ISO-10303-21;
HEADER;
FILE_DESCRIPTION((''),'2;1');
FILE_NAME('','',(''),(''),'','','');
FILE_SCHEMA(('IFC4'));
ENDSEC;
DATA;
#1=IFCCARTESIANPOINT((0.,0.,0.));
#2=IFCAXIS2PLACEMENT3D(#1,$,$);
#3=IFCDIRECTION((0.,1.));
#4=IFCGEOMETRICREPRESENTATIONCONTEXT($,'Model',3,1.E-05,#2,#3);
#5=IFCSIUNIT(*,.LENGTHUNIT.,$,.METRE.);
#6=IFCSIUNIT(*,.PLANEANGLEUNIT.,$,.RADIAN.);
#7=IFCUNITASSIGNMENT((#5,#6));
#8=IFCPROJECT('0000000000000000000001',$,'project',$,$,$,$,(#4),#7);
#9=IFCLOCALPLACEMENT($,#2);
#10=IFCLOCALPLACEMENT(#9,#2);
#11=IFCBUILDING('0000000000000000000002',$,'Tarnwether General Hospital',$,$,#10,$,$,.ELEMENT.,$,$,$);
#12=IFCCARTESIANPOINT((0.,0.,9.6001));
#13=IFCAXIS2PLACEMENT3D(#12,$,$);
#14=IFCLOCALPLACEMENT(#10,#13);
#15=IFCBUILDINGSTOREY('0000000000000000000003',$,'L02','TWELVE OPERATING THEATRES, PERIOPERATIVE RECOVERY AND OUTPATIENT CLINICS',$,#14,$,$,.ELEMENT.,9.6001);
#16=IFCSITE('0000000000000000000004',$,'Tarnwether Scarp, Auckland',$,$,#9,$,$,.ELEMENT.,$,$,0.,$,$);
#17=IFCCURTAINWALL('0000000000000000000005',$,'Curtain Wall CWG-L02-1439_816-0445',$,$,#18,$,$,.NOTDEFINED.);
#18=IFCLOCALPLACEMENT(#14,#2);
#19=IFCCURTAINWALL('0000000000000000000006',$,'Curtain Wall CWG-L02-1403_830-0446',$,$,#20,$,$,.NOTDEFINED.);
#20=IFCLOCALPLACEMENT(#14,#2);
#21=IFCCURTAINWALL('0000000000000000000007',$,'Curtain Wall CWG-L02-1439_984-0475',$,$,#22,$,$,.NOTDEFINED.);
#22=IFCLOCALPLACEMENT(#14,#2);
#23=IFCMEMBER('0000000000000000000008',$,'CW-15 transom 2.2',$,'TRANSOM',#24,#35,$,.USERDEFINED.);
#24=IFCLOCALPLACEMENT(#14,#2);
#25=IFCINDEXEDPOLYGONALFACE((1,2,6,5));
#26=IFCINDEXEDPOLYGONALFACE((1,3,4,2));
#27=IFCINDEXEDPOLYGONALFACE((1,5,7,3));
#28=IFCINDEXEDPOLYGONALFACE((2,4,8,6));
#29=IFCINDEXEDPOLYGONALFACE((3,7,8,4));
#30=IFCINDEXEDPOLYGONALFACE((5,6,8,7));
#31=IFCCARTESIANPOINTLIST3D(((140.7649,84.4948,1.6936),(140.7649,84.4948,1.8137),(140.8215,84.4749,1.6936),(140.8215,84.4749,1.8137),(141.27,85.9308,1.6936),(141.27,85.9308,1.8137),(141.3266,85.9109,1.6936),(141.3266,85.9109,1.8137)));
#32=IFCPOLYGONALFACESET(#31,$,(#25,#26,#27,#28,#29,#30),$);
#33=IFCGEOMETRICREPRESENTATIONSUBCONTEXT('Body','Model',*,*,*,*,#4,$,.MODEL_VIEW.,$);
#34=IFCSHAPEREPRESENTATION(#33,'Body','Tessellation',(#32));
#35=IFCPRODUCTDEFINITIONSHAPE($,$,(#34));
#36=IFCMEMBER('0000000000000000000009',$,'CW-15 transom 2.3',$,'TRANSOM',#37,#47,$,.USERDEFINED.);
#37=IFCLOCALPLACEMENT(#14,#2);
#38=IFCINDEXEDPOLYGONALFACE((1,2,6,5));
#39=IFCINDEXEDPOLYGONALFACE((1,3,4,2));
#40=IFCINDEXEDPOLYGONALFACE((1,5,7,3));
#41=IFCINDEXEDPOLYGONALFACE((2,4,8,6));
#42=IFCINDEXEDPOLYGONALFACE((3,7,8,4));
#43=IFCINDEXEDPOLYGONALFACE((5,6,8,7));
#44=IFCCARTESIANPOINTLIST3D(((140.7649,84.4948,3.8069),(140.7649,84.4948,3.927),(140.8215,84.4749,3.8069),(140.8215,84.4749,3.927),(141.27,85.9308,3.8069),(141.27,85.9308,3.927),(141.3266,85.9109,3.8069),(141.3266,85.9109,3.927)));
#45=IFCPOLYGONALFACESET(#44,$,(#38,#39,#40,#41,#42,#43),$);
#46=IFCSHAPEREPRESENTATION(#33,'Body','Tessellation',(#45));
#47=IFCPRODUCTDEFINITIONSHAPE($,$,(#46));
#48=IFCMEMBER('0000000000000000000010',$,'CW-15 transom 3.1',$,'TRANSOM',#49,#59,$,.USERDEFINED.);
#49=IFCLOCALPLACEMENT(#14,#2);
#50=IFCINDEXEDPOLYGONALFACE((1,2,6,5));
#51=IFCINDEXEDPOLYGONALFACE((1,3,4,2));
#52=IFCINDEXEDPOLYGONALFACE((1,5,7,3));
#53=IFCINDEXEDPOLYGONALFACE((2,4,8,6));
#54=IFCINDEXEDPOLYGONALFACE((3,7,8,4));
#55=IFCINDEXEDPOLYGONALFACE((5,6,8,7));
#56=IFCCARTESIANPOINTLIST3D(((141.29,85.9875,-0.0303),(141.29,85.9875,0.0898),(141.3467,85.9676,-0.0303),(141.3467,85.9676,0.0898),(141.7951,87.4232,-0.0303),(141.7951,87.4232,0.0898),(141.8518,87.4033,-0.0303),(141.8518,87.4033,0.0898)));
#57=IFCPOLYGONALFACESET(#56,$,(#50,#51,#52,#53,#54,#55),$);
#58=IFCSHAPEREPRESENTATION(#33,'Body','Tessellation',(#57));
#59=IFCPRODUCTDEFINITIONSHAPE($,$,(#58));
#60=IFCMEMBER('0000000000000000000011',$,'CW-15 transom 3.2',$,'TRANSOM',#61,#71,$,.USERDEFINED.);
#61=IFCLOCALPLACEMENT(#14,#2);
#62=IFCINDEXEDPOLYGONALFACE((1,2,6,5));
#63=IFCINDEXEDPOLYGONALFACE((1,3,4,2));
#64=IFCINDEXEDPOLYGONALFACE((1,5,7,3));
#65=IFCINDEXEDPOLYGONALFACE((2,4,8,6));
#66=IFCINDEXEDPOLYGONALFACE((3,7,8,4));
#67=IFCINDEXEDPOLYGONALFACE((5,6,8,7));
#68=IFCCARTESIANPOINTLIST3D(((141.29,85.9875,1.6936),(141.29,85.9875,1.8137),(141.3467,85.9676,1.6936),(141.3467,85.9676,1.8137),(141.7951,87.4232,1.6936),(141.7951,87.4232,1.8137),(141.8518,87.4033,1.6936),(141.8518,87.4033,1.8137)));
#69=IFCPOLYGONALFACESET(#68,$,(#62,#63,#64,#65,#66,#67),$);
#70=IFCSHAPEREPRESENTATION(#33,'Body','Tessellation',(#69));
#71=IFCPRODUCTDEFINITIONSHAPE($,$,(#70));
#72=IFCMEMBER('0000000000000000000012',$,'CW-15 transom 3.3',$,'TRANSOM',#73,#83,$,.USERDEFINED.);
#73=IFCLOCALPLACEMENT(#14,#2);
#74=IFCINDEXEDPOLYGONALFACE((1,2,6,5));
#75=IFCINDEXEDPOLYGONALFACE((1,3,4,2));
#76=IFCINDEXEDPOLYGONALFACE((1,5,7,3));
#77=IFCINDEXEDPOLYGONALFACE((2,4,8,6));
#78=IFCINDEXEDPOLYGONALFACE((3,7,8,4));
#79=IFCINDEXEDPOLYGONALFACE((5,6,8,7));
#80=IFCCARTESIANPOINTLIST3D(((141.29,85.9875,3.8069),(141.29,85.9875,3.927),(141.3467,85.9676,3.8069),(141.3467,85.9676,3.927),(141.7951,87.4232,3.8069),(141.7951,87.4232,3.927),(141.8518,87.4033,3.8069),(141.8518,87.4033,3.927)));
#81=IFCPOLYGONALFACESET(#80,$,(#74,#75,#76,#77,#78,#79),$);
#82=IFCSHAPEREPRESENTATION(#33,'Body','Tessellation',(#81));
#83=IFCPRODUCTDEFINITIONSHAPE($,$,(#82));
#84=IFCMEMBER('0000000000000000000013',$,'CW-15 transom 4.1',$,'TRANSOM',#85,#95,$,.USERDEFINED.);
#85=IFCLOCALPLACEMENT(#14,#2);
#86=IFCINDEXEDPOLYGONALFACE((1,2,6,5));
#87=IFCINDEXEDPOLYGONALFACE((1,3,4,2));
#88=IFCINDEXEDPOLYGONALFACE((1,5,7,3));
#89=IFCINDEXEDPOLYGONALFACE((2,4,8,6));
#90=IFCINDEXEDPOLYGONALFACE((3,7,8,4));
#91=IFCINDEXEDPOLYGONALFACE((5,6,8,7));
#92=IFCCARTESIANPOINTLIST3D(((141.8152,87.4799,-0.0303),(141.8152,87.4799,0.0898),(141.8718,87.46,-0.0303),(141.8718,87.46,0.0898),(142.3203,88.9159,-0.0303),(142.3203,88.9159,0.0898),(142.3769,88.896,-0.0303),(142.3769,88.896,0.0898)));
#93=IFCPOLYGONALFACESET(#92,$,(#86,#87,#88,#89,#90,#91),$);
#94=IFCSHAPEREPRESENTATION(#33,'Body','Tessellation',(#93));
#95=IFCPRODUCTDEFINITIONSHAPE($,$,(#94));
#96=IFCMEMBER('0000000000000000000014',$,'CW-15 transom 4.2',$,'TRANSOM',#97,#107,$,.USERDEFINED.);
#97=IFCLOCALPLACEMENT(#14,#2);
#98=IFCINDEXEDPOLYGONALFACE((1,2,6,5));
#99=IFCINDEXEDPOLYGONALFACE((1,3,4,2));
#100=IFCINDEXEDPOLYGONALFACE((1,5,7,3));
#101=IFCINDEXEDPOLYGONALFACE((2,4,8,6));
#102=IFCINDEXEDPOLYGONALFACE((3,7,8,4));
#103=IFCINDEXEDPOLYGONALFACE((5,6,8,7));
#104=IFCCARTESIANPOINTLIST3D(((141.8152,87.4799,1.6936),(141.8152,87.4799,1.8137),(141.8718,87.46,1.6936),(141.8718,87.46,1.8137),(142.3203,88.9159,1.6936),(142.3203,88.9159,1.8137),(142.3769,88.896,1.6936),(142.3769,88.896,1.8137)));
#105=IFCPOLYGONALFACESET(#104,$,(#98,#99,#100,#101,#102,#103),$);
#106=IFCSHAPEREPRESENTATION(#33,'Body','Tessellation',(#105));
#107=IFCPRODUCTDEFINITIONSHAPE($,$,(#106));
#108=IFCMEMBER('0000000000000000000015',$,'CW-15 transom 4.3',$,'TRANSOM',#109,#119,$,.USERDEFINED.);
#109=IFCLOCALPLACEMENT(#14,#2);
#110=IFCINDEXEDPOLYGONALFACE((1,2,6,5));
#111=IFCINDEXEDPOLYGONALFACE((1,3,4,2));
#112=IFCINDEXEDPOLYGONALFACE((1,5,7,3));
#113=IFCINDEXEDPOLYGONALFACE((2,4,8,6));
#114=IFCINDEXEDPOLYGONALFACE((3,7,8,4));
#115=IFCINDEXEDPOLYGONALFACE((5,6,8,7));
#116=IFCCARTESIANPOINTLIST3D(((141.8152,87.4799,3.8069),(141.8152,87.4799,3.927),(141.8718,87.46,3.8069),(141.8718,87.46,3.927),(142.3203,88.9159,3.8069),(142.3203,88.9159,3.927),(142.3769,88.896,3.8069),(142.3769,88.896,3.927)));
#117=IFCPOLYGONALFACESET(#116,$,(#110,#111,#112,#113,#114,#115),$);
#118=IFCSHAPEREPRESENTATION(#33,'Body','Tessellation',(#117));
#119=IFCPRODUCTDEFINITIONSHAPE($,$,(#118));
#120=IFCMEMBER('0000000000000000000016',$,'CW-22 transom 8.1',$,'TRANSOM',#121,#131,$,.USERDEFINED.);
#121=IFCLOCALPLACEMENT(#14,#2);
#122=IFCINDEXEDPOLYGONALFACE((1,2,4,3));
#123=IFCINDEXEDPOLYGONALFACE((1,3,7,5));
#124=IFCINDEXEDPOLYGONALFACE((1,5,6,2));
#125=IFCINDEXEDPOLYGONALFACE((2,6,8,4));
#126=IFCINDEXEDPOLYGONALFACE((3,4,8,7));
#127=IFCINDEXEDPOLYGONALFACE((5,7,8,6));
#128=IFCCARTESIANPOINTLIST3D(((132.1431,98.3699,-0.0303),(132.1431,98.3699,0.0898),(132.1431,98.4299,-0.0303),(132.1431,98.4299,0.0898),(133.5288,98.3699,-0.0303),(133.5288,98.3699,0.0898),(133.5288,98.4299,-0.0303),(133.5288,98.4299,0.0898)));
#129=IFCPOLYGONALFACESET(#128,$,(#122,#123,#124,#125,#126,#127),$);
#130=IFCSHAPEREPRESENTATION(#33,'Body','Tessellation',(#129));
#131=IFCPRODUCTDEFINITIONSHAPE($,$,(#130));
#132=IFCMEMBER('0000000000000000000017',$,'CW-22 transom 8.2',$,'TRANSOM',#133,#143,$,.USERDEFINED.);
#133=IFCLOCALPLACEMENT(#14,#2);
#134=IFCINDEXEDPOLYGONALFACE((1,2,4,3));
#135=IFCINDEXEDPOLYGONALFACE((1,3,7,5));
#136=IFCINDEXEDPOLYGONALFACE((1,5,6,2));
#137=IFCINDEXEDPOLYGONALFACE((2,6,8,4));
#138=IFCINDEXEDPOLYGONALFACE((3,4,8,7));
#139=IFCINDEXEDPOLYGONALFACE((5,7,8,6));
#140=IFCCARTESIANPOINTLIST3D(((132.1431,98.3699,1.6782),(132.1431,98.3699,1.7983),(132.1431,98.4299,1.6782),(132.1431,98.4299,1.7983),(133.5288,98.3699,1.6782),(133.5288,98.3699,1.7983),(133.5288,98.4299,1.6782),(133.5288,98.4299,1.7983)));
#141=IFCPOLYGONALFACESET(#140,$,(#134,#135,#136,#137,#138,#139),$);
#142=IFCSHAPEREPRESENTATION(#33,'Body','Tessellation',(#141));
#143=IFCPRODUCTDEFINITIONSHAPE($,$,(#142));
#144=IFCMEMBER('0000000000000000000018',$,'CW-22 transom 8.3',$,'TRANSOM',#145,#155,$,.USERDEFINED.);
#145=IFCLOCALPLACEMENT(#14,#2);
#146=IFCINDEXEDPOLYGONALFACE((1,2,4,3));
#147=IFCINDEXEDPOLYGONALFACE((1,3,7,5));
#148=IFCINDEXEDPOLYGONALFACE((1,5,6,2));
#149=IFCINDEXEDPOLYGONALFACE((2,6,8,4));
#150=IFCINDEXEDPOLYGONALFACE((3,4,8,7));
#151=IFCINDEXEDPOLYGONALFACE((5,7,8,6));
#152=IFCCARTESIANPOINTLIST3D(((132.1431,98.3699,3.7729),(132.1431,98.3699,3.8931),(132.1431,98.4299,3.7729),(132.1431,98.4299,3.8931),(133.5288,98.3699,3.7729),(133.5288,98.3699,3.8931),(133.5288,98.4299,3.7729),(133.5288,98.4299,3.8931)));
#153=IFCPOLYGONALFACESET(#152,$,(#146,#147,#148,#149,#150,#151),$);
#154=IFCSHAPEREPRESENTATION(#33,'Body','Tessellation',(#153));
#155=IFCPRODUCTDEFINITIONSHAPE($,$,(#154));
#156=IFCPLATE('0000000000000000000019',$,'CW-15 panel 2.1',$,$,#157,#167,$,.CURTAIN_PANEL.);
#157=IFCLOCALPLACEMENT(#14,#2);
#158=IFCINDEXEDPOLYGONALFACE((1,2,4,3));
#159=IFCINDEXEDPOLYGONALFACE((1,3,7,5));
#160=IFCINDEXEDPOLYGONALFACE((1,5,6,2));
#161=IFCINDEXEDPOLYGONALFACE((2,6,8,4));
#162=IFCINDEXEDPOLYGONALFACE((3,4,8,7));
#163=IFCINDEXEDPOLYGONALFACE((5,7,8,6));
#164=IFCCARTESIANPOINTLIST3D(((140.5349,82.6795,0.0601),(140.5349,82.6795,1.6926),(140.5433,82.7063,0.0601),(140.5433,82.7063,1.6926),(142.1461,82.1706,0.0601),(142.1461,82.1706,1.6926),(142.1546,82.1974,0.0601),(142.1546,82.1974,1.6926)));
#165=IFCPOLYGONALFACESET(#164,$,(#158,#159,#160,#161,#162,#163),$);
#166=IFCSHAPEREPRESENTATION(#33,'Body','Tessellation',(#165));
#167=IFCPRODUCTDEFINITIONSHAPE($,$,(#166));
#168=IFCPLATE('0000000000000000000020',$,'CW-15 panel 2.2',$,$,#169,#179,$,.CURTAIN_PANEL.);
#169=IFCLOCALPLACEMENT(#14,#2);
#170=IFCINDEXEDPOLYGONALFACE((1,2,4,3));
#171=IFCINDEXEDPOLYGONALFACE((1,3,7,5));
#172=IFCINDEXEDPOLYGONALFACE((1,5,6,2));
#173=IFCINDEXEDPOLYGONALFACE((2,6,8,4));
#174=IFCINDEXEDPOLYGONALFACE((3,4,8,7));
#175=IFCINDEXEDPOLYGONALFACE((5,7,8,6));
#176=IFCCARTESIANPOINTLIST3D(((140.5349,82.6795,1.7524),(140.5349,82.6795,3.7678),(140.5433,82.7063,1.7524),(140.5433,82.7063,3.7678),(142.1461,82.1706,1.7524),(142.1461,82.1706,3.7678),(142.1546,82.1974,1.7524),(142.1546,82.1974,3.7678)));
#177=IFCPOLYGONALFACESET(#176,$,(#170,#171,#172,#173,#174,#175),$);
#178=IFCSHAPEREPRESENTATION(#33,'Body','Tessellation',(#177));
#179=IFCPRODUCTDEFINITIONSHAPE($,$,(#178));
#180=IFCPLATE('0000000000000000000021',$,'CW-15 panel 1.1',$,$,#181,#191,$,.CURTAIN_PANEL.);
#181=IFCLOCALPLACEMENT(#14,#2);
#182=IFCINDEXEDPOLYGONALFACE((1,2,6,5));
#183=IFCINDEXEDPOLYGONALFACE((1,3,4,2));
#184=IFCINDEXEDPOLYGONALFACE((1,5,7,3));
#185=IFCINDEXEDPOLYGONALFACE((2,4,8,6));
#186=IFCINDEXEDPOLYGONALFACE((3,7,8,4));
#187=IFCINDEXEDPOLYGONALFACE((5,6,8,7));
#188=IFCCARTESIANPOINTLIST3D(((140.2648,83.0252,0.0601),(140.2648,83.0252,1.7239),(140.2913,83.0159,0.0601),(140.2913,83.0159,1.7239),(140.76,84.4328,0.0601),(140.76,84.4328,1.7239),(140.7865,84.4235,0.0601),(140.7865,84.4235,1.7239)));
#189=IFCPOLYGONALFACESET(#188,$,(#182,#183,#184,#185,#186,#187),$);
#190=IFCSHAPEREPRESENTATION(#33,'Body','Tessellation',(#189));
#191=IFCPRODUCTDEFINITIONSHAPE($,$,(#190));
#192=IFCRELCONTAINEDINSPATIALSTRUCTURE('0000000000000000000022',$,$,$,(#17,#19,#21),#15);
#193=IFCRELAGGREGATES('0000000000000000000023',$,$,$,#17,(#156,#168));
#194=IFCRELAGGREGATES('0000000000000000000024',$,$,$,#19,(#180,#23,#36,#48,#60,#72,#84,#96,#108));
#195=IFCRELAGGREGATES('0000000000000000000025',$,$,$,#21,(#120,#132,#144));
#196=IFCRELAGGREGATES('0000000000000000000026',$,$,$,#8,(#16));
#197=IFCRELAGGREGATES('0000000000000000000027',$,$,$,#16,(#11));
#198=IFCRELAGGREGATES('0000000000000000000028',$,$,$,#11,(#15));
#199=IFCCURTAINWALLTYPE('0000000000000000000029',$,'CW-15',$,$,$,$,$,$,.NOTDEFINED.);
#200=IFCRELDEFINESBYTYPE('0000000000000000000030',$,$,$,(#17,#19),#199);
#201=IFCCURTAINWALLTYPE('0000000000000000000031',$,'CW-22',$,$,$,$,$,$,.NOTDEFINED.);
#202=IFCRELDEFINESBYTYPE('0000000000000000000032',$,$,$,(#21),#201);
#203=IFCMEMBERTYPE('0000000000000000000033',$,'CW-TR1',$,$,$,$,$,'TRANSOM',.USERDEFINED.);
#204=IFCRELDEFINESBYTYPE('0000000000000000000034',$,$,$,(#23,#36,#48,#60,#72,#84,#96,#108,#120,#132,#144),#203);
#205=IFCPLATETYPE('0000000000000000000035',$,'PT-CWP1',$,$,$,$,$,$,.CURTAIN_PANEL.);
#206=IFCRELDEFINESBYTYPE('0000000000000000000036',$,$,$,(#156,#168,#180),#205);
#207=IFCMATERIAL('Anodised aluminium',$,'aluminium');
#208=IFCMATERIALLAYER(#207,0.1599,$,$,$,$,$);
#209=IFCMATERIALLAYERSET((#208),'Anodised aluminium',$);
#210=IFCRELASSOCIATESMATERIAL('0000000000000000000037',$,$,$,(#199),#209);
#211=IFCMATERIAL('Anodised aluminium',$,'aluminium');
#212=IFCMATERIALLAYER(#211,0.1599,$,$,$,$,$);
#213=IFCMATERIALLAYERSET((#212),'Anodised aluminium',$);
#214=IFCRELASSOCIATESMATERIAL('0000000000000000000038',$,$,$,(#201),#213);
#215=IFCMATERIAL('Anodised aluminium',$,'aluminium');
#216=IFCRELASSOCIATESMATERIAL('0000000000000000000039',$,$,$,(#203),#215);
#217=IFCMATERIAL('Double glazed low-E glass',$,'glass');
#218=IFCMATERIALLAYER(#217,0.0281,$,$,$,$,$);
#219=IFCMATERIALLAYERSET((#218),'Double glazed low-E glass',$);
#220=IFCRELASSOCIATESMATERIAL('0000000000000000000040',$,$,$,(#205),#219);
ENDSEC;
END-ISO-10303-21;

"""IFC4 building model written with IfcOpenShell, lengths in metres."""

from ifc_helpers import new_model, si_unit, direction, frame, origin, origin_2d, place, context, subcontext, project, spatial, rectangle, extrude, material, layer, layer_set, material_profile, profile_set, type_object, element, aggregate, save


model = new_model("IFC4")

# Units and contexts
model_context = context("Model", 3, precision=1e-05, world=origin(), true_north=direction((0.0, 1.0)))
body_context = subcontext(model_context, "Body", "Model", "MODEL_VIEW")
ifc_project = project(units=[si_unit("LENGTHUNIT", "METRE"), si_unit("PLANEANGLEUNIT", "RADIAN")], contexts=[model_context])

# Site, building, storey
site_placement = place(None, origin())
site = spatial("IfcSite", under=ifc_project, at=site_placement, Name="Tarnwether Scarp, Auckland", CompositionType="ELEMENT", RefElevation=0.0)
building_placement = place(site_placement, origin())
building = spatial("IfcBuilding", under=site, at=building_placement, Name="Tarnwether General Hospital", CompositionType="ELEMENT")
storey_placement = place(building_placement, frame((0.0, 0.0, 9.6001)))
storey = spatial("IfcBuildingStorey", under=building, at=storey_placement, Name="L02", Description="TWELVE OPERATING THEATRES, PERIOPERATIVE RECOVERY AND OUTPATIENT CLINICS", CompositionType="ELEMENT", Elevation=9.6001)

# Curtain wall
ifc_material_1 = material(Name="Anodised aluminium", Category="aluminium")
ifc_layer_1 = layer(ifc_material_1, 0.1599)
ifc_layer_set_1 = layer_set([ifc_layer_1], Name="Anodised aluminium")
curtain_wall_type_1 = type_object("IfcCurtainWallType", Name="CW-15", PredefinedType="NOTDEFINED", material=ifc_layer_set_1)
curtain_wall_1_placement = place(storey_placement, origin())
curtain_wall_1 = element("IfcCurtainWall", 1, at=curtain_wall_1_placement, inside=storey, type_object=curtain_wall_type_1, Name="Curtain Wall CWG-L02-1439_816-0445", PredefinedType="NOTDEFINED")

# Curtain wall
curtain_wall_2_placement = place(storey_placement, origin())
curtain_wall_2 = element("IfcCurtainWall", 2, at=curtain_wall_2_placement, inside=storey, type_object=curtain_wall_type_1, Name="Curtain Wall CWG-L02-1403_830-0446", PredefinedType="NOTDEFINED")

# Curtain wall
ifc_material_2 = material(Name="Anodised aluminium", Category="aluminium")
ifc_layer_2 = layer(ifc_material_2, 0.1599)
ifc_layer_set_2 = layer_set([ifc_layer_2], Name="Anodised aluminium")
curtain_wall_type_2 = type_object("IfcCurtainWallType", Name="CW-22", PredefinedType="NOTDEFINED", material=ifc_layer_set_2)
curtain_wall_3_placement = place(storey_placement, origin())
curtain_wall_3 = element("IfcCurtainWall", 3, at=curtain_wall_3_placement, inside=storey, type_object=curtain_wall_type_2, Name="Curtain Wall CWG-L02-1439_984-0475", PredefinedType="NOTDEFINED")

# Members
ifc_material_3 = material(Name="Anodised aluminium", Category="aluminium")
ifc_material_profile_1 = material_profile(ifc_material_3, rectangle(XDim=0.0601, YDim=0.1201, at=origin_2d()), Name="ALU-TRN-60x120")
ifc_profile_set_1 = profile_set([ifc_material_profile_1], Name="Anodised aluminium")
member_type_1 = type_object("IfcMemberType", Name="CW-TR1", ElementType="TRANSOM", PredefinedType="USERDEFINED", material=ifc_profile_set_1)
member_1_placement = place(storey_placement, frame((140.7932, 84.4849, 1.7537), z_axis=(0.331822, 0.943342, 0.0), x_axis=(-0.943342, 0.331822, 0.0)))
member_1 = element("IfcMember", 4, at=member_1_placement, type_object=member_type_1, Name="CW-15 transom 2.2", ObjectType="TRANSOM", PredefinedType="USERDEFINED", context=body_context, shape_type="SweptSolid", body=[
    extrude(rectangle(XDim=0.0601, YDim=0.1201, at=origin_2d()), origin(), (0.0, 0.0, 1.0), 1.5222),
])
member_2_placement = place(storey_placement, frame((140.7932, 84.4849, 3.8669), z_axis=(0.331822, 0.943342, 0.0), x_axis=(-0.943342, 0.331822, 0.0)))
member_2 = element("IfcMember", 5, at=member_2_placement, type_object=member_type_1, Name="CW-15 transom 2.3", ObjectType="TRANSOM", PredefinedType="USERDEFINED", context=body_context, shape_type="SweptSolid", body=[
    extrude(rectangle(XDim=0.0601, YDim=0.1201, at=origin_2d()), origin(), (0.0, 0.0, 1.0), 1.5222),
])
member_3_placement = place(storey_placement, frame((141.3184, 85.9775, 0.0298), z_axis=(0.331872, 0.943324, 0.0), x_axis=(-0.943324, 0.331872, 0.0)))
member_3 = element("IfcMember", 6, at=member_3_placement, type_object=member_type_1, Name="CW-15 transom 3.1", ObjectType="TRANSOM", PredefinedType="USERDEFINED", context=body_context, shape_type="SweptSolid", body=[
    extrude(rectangle(XDim=0.0601, YDim=0.1201, at=origin_2d()), origin(), (0.0, 0.0, 1.0), 1.522),
])
member_4_placement = place(storey_placement, frame((141.3184, 85.9775, 1.7537), z_axis=(0.331872, 0.943324, 0.0), x_axis=(-0.943324, 0.331872, 0.0)))
member_4 = element("IfcMember", 7, at=member_4_placement, type_object=member_type_1, Name="CW-15 transom 3.2", ObjectType="TRANSOM", PredefinedType="USERDEFINED", context=body_context, shape_type="SweptSolid", body=[
    extrude(rectangle(XDim=0.0601, YDim=0.1201, at=origin_2d()), origin(), (0.0, 0.0, 1.0), 1.522),
])
member_5_placement = place(storey_placement, frame((141.3184, 85.9775, 3.8669), z_axis=(0.331872, 0.943324, 0.0), x_axis=(-0.943324, 0.331872, 0.0)))
member_5 = element("IfcMember", 8, at=member_5_placement, type_object=member_type_1, Name="CW-15 transom 3.3", ObjectType="TRANSOM", PredefinedType="USERDEFINED", context=body_context, shape_type="SweptSolid", body=[
    extrude(rectangle(XDim=0.0601, YDim=0.1201, at=origin_2d()), origin(), (0.0, 0.0, 1.0), 1.522),
])
member_6_placement = place(storey_placement, frame((141.8435, 87.47, 0.0298), z_axis=(0.331822, 0.943342, 0.0), x_axis=(-0.943342, 0.331822, 0.0)))
member_6 = element("IfcMember", 9, at=member_6_placement, type_object=member_type_1, Name="CW-15 transom 4.1", ObjectType="TRANSOM", PredefinedType="USERDEFINED", context=body_context, shape_type="SweptSolid", body=[
    extrude(rectangle(XDim=0.0601, YDim=0.1201, at=origin_2d()), origin(), (0.0, 0.0, 1.0), 1.5222),
])
member_7_placement = place(storey_placement, frame((141.8435, 87.47, 1.7537), z_axis=(0.331822, 0.943342, 0.0), x_axis=(-0.943342, 0.331822, 0.0)))
member_7 = element("IfcMember", 10, at=member_7_placement, type_object=member_type_1, Name="CW-15 transom 4.2", ObjectType="TRANSOM", PredefinedType="USERDEFINED", context=body_context, shape_type="SweptSolid", body=[
    extrude(rectangle(XDim=0.0601, YDim=0.1201, at=origin_2d()), origin(), (0.0, 0.0, 1.0), 1.5222),
])
member_8_placement = place(storey_placement, frame((141.8435, 87.47, 3.8669), z_axis=(0.331822, 0.943342, 0.0), x_axis=(-0.943342, 0.331822, 0.0)))
member_8 = element("IfcMember", 11, at=member_8_placement, type_object=member_type_1, Name="CW-15 transom 4.3", ObjectType="TRANSOM", PredefinedType="USERDEFINED", context=body_context, shape_type="SweptSolid", body=[
    extrude(rectangle(XDim=0.0601, YDim=0.1201, at=origin_2d()), origin(), (0.0, 0.0, 1.0), 1.5222),
])
member_9_placement = place(storey_placement, frame((133.5288, 98.3999, 0.0298), z_axis=(-1.0, 0.0, 0.0), x_axis=(0.0, -1.0, 0.0)))
member_9 = element("IfcMember", 12, at=member_9_placement, type_object=member_type_1, Name="CW-22 transom 8.1", ObjectType="TRANSOM", PredefinedType="USERDEFINED", context=body_context, shape_type="SweptSolid", body=[
    extrude(rectangle(XDim=0.0601, YDim=0.1201, at=origin_2d()), origin(), (0.0, 0.0, 1.0), 1.3857),
])
member_10_placement = place(storey_placement, frame((133.5288, 98.3999, 1.7383), z_axis=(-1.0, 0.0, 0.0), x_axis=(0.0, -1.0, 0.0)))
member_10 = element("IfcMember", 13, at=member_10_placement, type_object=member_type_1, Name="CW-22 transom 8.2", ObjectType="TRANSOM", PredefinedType="USERDEFINED", context=body_context, shape_type="SweptSolid", body=[
    extrude(rectangle(XDim=0.0601, YDim=0.1201, at=origin_2d()), origin(), (0.0, 0.0, 1.0), 1.3857),
])
member_11_placement = place(storey_placement, frame((133.5288, 98.3999, 3.833), z_axis=(-1.0, 0.0, 0.0), x_axis=(0.0, -1.0, 0.0)))
member_11 = element("IfcMember", 14, at=member_11_placement, type_object=member_type_1, Name="CW-22 transom 8.3", ObjectType="TRANSOM", PredefinedType="USERDEFINED", context=body_context, shape_type="SweptSolid", body=[
    extrude(rectangle(XDim=0.0601, YDim=0.1201, at=origin_2d()), origin(), (0.0, 0.0, 1.0), 1.3857),
])

# Plates
ifc_material_4 = material(Name="Double glazed low-E glass", Category="glass")
ifc_layer_3 = layer(ifc_material_4, 0.0281)
ifc_layer_set_3 = layer_set([ifc_layer_3], Name="Double glazed low-E glass")
plate_type = type_object("IfcPlateType", Name="PT-CWP1", PredefinedType="CURTAIN_PANEL", material=ifc_layer_set_3)
plate_1_placement = place(storey_placement, frame((141.3447, 82.4385, 0.0601), z_axis=(0.0, 0.0, 1.0), x_axis=(-0.953566, 0.301185, 0.0)))
plate_1 = element("IfcPlate", 15, at=plate_1_placement, type_object=plate_type, Name="CW-15 panel 2.1", PredefinedType="CURTAIN_PANEL", context=body_context, shape_type="SweptSolid", body=[
    extrude(rectangle(XDim=1.6897, YDim=0.0281, at=origin_2d()), origin(), (0.0, 0.0, 1.0), 1.6326),
])
plate_2_placement = place(storey_placement, frame((141.3447, 82.4385, 1.7524), z_axis=(0.0, 0.0, 1.0), x_axis=(-0.953566, 0.301185, 0.0)))
plate_2 = element("IfcPlate", 16, at=plate_2_placement, type_object=plate_type, Name="CW-15 panel 2.2", PredefinedType="CURTAIN_PANEL", context=body_context, shape_type="SweptSolid", body=[
    extrude(rectangle(XDim=1.6897, YDim=0.0281, at=origin_2d()), origin(), (0.0, 0.0, 1.0), 2.0154),
])
aggregate(curtain_wall_1, [plate_1, plate_2])
plate_3_placement = place(storey_placement, frame((140.5256, 83.7244, 0.0601), z_axis=(0.0, 0.0, 1.0), x_axis=(0.331894, 0.943317, 0.0)))
plate_3 = element("IfcPlate", 17, at=plate_3_placement, type_object=plate_type, Name="CW-15 panel 1.1", PredefinedType="CURTAIN_PANEL", context=body_context, shape_type="SweptSolid", body=[
    extrude(rectangle(XDim=1.4922, YDim=0.0281, at=origin_2d()), origin(), (0.0, 0.0, 1.0), 1.6638),
])
aggregate(curtain_wall_2, [plate_3, member_1, member_2, member_3, member_4, member_5, member_6, member_7, member_8])
aggregate(curtain_wall_3, [member_9, member_10, member_11])

save(model, "model.ifc")
